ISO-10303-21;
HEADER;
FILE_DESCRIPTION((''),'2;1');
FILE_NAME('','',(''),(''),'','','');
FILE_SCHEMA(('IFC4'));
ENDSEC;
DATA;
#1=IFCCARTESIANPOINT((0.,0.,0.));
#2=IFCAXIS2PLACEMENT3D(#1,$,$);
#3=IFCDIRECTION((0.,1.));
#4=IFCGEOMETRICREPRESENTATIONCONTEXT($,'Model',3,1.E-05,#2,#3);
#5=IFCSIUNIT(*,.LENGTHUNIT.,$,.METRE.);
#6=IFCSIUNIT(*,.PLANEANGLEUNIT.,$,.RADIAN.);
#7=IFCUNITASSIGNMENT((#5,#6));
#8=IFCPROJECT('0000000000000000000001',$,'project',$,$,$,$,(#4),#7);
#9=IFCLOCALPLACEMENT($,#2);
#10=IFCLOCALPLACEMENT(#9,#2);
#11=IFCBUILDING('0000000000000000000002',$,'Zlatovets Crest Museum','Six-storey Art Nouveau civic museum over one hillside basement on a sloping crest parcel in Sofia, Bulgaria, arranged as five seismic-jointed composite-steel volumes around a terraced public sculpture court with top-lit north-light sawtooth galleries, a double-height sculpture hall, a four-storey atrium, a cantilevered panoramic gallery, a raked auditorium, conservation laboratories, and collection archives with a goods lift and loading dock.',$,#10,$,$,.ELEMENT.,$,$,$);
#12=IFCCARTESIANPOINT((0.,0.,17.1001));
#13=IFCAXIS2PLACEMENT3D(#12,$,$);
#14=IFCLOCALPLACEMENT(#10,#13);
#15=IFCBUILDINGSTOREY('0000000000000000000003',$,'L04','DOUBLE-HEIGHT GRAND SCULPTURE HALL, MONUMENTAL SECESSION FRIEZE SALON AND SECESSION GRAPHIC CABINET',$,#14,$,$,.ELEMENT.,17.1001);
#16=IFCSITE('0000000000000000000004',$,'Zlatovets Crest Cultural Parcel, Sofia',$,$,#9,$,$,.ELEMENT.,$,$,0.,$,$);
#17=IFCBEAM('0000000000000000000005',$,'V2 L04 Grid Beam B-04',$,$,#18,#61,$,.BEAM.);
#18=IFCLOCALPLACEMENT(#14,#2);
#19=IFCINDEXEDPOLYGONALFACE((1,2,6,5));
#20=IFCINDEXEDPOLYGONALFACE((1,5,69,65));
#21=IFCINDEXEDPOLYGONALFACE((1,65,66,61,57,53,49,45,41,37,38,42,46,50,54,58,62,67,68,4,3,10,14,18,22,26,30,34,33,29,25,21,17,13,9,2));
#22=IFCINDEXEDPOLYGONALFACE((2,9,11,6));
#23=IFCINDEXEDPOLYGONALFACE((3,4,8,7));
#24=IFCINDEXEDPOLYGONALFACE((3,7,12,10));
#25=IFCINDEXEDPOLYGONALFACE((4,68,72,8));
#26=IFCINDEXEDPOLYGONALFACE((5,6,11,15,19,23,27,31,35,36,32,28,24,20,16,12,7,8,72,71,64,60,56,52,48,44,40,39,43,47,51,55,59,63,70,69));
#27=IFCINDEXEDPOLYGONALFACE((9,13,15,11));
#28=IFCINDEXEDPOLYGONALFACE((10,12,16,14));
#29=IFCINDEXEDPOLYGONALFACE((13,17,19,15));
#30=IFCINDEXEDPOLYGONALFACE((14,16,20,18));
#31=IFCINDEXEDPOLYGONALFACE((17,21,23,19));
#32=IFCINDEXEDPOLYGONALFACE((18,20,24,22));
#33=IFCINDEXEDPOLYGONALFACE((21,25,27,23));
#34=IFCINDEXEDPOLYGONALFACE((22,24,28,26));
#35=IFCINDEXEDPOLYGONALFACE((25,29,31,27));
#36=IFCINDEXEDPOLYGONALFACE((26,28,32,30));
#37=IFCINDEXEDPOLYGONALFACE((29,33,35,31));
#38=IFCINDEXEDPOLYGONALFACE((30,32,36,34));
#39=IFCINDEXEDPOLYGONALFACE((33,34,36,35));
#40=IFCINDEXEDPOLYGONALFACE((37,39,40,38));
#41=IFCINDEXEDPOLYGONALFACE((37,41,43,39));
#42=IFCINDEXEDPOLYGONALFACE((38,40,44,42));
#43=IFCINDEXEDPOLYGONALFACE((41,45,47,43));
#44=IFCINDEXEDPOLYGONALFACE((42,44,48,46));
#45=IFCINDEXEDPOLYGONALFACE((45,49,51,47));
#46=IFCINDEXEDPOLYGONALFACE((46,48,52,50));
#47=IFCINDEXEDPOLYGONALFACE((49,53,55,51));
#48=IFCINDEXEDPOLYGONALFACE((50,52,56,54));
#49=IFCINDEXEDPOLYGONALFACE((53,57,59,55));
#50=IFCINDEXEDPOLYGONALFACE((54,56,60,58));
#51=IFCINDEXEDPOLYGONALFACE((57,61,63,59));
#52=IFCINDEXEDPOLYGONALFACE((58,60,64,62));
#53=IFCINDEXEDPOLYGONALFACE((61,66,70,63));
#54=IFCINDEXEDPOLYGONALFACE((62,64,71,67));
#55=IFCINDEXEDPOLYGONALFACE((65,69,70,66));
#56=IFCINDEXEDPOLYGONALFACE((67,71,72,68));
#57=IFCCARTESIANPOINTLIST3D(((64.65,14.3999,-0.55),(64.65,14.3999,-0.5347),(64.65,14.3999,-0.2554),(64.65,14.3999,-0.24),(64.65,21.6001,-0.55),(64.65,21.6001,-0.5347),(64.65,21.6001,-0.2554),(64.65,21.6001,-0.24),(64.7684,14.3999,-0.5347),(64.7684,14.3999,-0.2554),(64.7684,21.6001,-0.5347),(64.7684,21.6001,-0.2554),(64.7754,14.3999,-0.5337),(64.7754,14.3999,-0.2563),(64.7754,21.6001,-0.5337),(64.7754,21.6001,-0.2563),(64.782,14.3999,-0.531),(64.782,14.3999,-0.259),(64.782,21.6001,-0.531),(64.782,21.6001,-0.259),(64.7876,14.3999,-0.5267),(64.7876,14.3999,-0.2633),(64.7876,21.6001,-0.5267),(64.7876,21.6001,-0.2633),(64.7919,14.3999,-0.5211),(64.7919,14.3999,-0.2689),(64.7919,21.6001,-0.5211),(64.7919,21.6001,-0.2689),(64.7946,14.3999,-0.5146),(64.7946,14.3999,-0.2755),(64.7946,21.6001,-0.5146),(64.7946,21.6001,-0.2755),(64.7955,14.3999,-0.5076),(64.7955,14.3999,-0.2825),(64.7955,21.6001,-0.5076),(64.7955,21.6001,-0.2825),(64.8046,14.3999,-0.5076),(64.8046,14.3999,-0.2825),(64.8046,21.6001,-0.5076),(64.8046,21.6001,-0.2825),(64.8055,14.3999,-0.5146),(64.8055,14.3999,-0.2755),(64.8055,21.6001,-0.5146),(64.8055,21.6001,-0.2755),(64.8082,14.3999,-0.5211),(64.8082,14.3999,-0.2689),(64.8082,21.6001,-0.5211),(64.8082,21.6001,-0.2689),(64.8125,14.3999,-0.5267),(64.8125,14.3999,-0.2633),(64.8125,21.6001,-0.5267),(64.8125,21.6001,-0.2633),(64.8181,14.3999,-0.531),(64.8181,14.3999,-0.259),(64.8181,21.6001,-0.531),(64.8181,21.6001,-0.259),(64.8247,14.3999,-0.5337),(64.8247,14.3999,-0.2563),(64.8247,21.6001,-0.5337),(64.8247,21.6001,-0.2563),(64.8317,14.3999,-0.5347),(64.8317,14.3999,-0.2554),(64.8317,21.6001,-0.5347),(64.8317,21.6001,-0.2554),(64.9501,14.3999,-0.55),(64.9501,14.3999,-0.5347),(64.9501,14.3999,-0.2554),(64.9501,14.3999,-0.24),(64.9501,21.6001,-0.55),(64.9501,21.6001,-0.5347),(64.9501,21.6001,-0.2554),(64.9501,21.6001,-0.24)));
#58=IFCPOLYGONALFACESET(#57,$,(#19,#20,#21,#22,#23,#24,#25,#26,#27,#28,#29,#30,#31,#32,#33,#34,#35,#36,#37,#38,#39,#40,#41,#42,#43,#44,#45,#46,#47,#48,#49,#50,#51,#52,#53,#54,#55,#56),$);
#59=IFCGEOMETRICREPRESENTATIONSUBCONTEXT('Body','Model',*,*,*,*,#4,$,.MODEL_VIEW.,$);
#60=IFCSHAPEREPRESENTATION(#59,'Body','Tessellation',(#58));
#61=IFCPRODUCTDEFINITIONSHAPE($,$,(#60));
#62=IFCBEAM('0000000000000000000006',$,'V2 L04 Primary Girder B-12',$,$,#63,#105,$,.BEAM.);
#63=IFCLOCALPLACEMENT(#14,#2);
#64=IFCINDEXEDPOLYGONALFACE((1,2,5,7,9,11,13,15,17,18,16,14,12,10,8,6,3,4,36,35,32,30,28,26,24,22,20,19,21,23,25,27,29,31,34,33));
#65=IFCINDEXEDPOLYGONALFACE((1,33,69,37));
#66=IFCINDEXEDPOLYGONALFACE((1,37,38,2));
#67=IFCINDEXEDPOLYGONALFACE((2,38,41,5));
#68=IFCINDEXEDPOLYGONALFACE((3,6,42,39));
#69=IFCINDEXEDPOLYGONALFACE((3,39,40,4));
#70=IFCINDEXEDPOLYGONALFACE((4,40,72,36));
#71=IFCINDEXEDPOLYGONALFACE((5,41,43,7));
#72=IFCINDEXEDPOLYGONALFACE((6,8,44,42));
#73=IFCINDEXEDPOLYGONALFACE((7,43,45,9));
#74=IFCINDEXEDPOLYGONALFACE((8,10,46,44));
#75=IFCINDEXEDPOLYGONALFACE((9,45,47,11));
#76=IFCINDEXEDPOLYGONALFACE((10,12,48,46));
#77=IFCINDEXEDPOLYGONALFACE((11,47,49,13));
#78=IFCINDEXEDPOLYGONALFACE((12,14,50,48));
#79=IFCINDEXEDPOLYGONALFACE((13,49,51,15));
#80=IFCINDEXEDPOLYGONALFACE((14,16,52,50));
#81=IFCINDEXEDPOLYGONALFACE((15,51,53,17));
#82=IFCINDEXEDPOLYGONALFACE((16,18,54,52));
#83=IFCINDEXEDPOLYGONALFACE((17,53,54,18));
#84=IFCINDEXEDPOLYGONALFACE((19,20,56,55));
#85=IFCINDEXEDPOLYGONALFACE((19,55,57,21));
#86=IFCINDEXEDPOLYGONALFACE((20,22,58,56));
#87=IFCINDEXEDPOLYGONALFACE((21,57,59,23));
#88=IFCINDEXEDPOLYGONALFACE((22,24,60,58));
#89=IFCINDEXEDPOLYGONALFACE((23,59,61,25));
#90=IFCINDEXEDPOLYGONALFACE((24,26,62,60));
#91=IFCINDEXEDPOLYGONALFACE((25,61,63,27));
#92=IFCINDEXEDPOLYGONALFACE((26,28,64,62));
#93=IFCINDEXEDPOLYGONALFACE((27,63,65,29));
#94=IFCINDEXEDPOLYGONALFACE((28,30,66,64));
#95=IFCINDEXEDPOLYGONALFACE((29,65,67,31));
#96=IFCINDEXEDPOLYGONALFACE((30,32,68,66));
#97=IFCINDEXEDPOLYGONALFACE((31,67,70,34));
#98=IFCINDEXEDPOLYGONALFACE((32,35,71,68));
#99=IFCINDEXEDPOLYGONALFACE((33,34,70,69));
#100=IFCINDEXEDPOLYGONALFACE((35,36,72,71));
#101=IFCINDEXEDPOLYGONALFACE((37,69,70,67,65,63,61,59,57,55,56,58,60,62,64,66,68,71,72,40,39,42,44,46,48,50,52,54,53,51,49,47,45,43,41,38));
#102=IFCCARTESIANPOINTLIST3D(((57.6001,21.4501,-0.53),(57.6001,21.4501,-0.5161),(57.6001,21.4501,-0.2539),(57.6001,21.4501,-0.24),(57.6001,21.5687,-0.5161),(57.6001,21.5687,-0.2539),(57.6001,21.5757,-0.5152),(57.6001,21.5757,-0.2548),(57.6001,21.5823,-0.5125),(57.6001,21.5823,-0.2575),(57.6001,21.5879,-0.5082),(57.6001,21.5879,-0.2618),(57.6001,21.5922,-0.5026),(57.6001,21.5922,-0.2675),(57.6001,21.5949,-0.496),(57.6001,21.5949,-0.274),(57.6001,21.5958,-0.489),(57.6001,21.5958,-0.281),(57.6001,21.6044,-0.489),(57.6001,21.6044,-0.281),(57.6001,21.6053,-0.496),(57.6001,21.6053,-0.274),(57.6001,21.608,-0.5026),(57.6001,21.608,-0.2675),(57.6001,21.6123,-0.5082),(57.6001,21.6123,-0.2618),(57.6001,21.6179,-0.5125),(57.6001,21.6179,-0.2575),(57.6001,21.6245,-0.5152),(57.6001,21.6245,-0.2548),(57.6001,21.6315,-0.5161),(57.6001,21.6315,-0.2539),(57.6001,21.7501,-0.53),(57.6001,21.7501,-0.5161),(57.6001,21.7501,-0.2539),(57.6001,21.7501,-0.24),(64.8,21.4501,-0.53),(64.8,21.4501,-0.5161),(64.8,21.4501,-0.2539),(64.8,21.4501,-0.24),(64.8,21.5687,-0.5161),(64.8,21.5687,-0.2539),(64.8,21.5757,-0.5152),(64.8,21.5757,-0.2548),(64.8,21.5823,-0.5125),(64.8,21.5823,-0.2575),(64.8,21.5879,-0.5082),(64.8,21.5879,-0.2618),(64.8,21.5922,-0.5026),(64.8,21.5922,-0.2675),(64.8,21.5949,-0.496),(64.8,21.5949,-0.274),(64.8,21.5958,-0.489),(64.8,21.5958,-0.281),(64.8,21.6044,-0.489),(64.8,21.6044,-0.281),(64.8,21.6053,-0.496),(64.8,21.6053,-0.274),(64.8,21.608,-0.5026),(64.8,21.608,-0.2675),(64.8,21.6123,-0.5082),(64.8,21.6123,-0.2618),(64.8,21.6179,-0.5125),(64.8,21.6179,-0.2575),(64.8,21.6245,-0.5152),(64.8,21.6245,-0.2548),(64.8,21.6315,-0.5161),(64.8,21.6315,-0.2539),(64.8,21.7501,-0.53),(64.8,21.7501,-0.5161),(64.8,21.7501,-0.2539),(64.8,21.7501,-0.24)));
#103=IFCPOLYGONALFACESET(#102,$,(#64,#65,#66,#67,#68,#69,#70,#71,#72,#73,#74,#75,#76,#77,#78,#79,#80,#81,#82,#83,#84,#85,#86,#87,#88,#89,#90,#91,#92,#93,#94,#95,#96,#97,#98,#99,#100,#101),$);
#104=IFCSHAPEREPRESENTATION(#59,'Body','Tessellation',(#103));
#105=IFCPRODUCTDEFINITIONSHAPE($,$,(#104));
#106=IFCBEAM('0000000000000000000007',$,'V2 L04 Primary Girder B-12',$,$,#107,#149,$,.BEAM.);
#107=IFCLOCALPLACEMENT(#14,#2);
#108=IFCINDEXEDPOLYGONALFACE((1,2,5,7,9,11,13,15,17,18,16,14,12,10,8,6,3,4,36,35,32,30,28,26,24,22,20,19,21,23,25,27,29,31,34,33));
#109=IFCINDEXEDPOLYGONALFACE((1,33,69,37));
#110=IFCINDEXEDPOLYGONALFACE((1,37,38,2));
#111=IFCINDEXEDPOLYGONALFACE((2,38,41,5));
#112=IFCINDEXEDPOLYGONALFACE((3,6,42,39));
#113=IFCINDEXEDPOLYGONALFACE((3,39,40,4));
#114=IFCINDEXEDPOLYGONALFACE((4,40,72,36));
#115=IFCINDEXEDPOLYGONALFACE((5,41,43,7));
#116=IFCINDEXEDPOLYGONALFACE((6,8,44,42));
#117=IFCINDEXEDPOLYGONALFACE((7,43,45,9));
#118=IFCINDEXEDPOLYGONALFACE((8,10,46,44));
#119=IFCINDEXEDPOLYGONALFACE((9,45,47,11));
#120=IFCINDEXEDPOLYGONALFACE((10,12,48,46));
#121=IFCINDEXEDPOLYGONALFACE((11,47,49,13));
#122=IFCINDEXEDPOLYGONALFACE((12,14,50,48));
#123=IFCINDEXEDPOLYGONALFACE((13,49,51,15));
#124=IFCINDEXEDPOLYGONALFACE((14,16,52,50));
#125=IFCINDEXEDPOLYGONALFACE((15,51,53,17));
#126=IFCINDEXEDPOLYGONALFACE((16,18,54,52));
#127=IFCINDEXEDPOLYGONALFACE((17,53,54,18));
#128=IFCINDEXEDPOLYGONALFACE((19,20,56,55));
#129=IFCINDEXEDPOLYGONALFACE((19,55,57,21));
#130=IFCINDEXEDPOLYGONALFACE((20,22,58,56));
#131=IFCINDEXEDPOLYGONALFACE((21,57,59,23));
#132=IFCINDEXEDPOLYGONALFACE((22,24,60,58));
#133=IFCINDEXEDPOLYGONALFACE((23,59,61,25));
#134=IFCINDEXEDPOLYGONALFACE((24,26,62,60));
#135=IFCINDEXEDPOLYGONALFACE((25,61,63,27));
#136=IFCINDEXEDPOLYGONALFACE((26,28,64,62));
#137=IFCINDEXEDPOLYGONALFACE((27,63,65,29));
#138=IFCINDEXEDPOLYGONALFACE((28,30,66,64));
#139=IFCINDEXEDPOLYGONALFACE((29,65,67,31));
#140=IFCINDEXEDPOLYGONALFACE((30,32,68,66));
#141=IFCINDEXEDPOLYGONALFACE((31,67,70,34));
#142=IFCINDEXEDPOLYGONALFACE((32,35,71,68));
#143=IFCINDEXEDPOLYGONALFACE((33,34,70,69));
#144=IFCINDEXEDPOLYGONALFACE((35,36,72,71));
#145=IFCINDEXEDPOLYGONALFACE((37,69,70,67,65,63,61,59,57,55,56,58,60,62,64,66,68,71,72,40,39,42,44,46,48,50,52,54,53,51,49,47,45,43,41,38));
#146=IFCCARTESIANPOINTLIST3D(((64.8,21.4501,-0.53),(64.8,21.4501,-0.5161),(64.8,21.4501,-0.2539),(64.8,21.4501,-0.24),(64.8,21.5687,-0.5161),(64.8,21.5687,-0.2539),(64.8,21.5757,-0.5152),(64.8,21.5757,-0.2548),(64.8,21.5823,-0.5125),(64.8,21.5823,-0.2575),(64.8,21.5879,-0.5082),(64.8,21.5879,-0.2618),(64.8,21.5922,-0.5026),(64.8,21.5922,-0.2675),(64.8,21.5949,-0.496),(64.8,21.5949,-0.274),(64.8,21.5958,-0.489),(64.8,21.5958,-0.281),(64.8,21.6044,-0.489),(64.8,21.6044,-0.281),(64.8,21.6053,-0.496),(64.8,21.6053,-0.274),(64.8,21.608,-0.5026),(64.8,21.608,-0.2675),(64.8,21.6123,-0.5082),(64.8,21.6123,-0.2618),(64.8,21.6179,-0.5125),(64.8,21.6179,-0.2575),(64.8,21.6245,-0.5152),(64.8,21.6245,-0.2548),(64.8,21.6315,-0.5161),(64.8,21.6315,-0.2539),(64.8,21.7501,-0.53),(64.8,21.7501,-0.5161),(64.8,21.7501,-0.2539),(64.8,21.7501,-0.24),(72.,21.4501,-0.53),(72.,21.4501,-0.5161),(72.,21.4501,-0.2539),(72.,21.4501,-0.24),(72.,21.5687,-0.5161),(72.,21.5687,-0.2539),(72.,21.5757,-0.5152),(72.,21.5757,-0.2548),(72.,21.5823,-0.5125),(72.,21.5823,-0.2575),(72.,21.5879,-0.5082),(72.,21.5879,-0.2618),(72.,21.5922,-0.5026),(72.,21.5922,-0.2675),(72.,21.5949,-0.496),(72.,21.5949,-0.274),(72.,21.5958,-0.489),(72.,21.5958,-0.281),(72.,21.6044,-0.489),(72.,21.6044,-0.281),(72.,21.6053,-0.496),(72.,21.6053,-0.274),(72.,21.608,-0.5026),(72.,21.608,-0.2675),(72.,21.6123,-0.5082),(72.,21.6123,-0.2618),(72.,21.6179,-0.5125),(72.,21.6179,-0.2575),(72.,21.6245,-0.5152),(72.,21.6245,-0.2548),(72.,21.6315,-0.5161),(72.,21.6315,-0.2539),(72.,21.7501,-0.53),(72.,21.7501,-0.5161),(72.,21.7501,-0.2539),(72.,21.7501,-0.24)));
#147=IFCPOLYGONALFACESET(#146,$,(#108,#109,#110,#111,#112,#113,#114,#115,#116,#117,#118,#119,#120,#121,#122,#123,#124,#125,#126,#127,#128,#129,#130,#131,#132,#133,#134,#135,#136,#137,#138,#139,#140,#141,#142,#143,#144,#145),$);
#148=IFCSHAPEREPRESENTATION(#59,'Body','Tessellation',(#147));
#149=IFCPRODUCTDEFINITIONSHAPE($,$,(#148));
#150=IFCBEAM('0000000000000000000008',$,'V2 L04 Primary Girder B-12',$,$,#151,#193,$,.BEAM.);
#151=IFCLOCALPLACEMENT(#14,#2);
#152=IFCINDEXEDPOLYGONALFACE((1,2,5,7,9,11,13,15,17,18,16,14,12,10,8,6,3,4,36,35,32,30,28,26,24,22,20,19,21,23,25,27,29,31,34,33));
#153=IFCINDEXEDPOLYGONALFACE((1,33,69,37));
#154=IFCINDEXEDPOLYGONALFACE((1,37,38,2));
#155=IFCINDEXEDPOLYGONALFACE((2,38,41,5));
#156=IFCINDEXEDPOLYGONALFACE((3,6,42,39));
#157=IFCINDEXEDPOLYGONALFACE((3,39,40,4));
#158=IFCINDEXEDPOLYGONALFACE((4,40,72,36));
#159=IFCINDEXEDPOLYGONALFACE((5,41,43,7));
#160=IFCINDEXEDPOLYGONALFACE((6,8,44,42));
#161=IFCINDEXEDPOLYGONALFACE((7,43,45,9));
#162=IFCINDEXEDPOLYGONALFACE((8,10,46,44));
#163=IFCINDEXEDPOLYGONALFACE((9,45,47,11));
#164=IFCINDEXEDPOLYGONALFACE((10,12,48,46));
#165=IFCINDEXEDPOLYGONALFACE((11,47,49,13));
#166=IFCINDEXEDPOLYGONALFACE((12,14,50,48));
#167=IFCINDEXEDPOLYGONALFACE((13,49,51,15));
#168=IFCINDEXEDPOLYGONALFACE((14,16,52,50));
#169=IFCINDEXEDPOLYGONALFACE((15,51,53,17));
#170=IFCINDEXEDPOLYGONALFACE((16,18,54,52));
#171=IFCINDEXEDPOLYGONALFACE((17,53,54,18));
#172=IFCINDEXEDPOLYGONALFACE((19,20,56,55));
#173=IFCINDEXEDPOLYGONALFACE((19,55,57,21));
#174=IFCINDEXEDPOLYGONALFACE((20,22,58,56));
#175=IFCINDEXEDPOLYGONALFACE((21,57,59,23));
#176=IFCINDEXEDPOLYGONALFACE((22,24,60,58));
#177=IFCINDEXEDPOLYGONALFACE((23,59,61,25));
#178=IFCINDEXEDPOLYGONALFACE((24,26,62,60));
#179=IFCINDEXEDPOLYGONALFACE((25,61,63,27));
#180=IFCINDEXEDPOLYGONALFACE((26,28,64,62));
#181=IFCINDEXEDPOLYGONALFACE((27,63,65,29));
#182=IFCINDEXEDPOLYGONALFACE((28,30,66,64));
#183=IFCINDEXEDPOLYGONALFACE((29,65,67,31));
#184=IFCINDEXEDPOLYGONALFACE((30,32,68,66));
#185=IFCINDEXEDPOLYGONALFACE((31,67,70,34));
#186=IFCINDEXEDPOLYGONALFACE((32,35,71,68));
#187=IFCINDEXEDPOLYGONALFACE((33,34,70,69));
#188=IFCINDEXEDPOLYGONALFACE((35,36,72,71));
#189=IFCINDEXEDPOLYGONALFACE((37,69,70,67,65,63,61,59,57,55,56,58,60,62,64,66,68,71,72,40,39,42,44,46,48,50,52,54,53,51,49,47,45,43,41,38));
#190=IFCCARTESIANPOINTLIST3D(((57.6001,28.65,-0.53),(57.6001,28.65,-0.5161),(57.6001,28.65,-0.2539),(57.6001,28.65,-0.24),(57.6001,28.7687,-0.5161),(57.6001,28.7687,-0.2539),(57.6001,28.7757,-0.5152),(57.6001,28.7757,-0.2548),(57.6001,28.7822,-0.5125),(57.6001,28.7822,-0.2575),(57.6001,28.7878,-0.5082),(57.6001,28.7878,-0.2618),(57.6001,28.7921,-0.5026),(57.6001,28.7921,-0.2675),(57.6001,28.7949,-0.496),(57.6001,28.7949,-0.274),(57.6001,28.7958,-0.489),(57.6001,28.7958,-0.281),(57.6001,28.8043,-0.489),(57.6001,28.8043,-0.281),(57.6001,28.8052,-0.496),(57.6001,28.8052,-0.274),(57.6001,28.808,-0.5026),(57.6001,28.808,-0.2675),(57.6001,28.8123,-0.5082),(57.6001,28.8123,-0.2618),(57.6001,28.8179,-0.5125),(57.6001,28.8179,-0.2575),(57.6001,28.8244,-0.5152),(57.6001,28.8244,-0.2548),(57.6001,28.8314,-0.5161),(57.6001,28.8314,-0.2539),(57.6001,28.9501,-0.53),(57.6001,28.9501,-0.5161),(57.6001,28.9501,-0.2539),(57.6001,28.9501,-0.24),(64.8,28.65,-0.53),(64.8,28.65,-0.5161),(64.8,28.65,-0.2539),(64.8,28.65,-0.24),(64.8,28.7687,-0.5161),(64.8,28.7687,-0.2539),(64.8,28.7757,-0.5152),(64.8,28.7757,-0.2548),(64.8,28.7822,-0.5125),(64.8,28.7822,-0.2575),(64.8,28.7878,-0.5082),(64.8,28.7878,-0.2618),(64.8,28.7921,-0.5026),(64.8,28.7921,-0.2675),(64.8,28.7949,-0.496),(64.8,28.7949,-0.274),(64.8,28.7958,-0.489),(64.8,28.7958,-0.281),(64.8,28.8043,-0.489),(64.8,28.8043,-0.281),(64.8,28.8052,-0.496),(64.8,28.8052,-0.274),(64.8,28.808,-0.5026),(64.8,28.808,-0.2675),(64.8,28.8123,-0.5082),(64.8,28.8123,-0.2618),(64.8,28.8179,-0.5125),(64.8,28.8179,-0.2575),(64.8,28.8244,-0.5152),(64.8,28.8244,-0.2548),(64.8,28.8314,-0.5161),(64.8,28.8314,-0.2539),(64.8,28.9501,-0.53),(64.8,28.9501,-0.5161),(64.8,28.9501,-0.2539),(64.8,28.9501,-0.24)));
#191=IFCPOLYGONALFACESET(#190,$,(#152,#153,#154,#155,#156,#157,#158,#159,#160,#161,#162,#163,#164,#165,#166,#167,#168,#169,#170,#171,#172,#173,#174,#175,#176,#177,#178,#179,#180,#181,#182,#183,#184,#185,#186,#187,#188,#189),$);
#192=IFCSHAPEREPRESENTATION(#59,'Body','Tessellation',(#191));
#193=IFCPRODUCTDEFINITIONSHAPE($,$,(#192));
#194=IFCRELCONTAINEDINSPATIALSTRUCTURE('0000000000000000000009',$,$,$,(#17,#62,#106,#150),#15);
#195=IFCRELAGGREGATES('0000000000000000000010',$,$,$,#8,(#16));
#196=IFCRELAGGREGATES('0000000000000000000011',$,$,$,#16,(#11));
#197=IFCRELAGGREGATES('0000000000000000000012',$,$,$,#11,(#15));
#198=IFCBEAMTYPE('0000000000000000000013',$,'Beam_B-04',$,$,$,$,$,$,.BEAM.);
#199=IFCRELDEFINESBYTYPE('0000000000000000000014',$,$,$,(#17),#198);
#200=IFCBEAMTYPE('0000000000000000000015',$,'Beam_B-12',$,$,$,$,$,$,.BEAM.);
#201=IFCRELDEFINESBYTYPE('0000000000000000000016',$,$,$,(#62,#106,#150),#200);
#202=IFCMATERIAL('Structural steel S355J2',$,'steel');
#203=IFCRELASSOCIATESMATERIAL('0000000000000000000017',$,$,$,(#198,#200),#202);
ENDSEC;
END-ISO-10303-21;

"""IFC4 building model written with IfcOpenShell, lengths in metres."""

from ifc_helpers import new_model, si_unit, direction, frame, origin, origin_2d, place, context, subcontext, project, spatial, i_section, extrude, material, material_profile, profile_set, type_object, element, save


model = new_model("IFC4")

# Units and contexts
model_context = context("Model", 3, precision=1e-05, world=origin(), true_north=direction((0.0, 1.0)))
body_context = subcontext(model_context, "Body", "Model", "MODEL_VIEW")
ifc_project = project(units=[si_unit("LENGTHUNIT", "METRE"), si_unit("PLANEANGLEUNIT", "RADIAN")], contexts=[model_context])

# Site, building, storey
site_placement = place(None, origin())
site = spatial("IfcSite", under=ifc_project, at=site_placement, Name="Zlatovets Crest Cultural Parcel, Sofia", CompositionType="ELEMENT", RefElevation=0.0)
building_placement = place(site_placement, origin())
building = spatial("IfcBuilding", under=site, at=building_placement, Name="Zlatovets Crest Museum", Description="Six-storey Art Nouveau civic museum over one hillside basement on a sloping crest parcel in Sofia, Bulgaria, arranged as five seismic-jointed composite-steel volumes around a terraced public sculpture court with top-lit north-light sawtooth galleries, a double-height sculpture hall, a four-storey atrium, a cantilevered panoramic gallery, a raked auditorium, conservation laboratories, and collection archives with a goods lift and loading dock.", CompositionType="ELEMENT")
storey_placement = place(building_placement, frame((0.0, 0.0, 17.1001)))
storey = spatial("IfcBuildingStorey", under=building, at=storey_placement, Name="L04", Description="DOUBLE-HEIGHT GRAND SCULPTURE HALL, MONUMENTAL SECESSION FRIEZE SALON AND SECESSION GRAPHIC CABINET", CompositionType="ELEMENT", Elevation=17.1001)

# Shared definitions
ifc_material_1 = material(Name="Structural steel S355J2", Category="steel")

# Beams
ifc_material_profile_1 = material_profile(ifc_material_1, i_section(OverallWidth=0.3, OverallDepth=0.3101, WebThickness=0.009, FlangeThickness=0.0154, FilletRadius=0.0271, at=origin_2d()), Name="HEA 320")
ifc_profile_set_1 = profile_set([ifc_material_profile_1], Name="Structural steel S355J2")
beam_type_1 = type_object("IfcBeamType", Name="Beam_B-04", PredefinedType="BEAM", material=ifc_profile_set_1)
beam_1_placement = place(storey_placement, frame((64.8, 14.3999, -0.395), z_axis=(0.0, 1.0, 0.0), x_axis=(-1.0, 0.0, 0.0)))
element("IfcBeam", 1, at=beam_1_placement, inside=storey, type_object=beam_type_1, Name="V2 L04 Grid Beam B-04", PredefinedType="BEAM", context=body_context, shape_type="SweptSolid", body=[
    extrude(i_section(OverallWidth=0.3, OverallDepth=0.3101, WebThickness=0.009, FlangeThickness=0.0154, FilletRadius=0.0271, at=origin_2d()), origin(), (0.0, 0.0, 1.0), 7.2002),
])
ifc_material_profile_2 = material_profile(ifc_material_1, i_section(OverallWidth=0.3, OverallDepth=0.29, WebThickness=0.0085, FlangeThickness=0.0139, FilletRadius=0.0271, at=origin_2d()), Name="HEA 300")
ifc_profile_set_2 = profile_set([ifc_material_profile_2], Name="Structural steel S355J2")
beam_type_2 = type_object("IfcBeamType", Name="Beam_B-12", PredefinedType="BEAM", material=ifc_profile_set_2)
for number, where, z_axis, x_axis, name in (
    (2, (57.6001, 21.6001, -0.385), (1.0, 0.0, 0.0), (0.0, 1.0, 0.0), "V2 L04 Primary Girder B-12"),
    (3, (64.8, 21.6001, -0.385), (1.0, 0.0, 0.0), (0.0, 1.0, 0.0), "V2 L04 Primary Girder B-12"),
    (4, (57.6001, 28.8, -0.385), (1.0, 0.0, 0.0), (0.0, 1.0, 0.0), "V2 L04 Primary Girder B-12"),
):
    element("IfcBeam", number, at=place(storey_placement, frame(where, z_axis=z_axis, x_axis=x_axis)), inside=storey, type_object=beam_type_2, Name=name, PredefinedType="BEAM", context=body_context, shape_type="SweptSolid", body=[
        extrude(i_section(OverallWidth=0.3, OverallDepth=0.29, WebThickness=0.0085, FlangeThickness=0.0139, FilletRadius=0.0271, at=origin_2d()), origin(), (0.0, 0.0, 1.0), 7.2),
    ])

save(model, "model.ifc")
